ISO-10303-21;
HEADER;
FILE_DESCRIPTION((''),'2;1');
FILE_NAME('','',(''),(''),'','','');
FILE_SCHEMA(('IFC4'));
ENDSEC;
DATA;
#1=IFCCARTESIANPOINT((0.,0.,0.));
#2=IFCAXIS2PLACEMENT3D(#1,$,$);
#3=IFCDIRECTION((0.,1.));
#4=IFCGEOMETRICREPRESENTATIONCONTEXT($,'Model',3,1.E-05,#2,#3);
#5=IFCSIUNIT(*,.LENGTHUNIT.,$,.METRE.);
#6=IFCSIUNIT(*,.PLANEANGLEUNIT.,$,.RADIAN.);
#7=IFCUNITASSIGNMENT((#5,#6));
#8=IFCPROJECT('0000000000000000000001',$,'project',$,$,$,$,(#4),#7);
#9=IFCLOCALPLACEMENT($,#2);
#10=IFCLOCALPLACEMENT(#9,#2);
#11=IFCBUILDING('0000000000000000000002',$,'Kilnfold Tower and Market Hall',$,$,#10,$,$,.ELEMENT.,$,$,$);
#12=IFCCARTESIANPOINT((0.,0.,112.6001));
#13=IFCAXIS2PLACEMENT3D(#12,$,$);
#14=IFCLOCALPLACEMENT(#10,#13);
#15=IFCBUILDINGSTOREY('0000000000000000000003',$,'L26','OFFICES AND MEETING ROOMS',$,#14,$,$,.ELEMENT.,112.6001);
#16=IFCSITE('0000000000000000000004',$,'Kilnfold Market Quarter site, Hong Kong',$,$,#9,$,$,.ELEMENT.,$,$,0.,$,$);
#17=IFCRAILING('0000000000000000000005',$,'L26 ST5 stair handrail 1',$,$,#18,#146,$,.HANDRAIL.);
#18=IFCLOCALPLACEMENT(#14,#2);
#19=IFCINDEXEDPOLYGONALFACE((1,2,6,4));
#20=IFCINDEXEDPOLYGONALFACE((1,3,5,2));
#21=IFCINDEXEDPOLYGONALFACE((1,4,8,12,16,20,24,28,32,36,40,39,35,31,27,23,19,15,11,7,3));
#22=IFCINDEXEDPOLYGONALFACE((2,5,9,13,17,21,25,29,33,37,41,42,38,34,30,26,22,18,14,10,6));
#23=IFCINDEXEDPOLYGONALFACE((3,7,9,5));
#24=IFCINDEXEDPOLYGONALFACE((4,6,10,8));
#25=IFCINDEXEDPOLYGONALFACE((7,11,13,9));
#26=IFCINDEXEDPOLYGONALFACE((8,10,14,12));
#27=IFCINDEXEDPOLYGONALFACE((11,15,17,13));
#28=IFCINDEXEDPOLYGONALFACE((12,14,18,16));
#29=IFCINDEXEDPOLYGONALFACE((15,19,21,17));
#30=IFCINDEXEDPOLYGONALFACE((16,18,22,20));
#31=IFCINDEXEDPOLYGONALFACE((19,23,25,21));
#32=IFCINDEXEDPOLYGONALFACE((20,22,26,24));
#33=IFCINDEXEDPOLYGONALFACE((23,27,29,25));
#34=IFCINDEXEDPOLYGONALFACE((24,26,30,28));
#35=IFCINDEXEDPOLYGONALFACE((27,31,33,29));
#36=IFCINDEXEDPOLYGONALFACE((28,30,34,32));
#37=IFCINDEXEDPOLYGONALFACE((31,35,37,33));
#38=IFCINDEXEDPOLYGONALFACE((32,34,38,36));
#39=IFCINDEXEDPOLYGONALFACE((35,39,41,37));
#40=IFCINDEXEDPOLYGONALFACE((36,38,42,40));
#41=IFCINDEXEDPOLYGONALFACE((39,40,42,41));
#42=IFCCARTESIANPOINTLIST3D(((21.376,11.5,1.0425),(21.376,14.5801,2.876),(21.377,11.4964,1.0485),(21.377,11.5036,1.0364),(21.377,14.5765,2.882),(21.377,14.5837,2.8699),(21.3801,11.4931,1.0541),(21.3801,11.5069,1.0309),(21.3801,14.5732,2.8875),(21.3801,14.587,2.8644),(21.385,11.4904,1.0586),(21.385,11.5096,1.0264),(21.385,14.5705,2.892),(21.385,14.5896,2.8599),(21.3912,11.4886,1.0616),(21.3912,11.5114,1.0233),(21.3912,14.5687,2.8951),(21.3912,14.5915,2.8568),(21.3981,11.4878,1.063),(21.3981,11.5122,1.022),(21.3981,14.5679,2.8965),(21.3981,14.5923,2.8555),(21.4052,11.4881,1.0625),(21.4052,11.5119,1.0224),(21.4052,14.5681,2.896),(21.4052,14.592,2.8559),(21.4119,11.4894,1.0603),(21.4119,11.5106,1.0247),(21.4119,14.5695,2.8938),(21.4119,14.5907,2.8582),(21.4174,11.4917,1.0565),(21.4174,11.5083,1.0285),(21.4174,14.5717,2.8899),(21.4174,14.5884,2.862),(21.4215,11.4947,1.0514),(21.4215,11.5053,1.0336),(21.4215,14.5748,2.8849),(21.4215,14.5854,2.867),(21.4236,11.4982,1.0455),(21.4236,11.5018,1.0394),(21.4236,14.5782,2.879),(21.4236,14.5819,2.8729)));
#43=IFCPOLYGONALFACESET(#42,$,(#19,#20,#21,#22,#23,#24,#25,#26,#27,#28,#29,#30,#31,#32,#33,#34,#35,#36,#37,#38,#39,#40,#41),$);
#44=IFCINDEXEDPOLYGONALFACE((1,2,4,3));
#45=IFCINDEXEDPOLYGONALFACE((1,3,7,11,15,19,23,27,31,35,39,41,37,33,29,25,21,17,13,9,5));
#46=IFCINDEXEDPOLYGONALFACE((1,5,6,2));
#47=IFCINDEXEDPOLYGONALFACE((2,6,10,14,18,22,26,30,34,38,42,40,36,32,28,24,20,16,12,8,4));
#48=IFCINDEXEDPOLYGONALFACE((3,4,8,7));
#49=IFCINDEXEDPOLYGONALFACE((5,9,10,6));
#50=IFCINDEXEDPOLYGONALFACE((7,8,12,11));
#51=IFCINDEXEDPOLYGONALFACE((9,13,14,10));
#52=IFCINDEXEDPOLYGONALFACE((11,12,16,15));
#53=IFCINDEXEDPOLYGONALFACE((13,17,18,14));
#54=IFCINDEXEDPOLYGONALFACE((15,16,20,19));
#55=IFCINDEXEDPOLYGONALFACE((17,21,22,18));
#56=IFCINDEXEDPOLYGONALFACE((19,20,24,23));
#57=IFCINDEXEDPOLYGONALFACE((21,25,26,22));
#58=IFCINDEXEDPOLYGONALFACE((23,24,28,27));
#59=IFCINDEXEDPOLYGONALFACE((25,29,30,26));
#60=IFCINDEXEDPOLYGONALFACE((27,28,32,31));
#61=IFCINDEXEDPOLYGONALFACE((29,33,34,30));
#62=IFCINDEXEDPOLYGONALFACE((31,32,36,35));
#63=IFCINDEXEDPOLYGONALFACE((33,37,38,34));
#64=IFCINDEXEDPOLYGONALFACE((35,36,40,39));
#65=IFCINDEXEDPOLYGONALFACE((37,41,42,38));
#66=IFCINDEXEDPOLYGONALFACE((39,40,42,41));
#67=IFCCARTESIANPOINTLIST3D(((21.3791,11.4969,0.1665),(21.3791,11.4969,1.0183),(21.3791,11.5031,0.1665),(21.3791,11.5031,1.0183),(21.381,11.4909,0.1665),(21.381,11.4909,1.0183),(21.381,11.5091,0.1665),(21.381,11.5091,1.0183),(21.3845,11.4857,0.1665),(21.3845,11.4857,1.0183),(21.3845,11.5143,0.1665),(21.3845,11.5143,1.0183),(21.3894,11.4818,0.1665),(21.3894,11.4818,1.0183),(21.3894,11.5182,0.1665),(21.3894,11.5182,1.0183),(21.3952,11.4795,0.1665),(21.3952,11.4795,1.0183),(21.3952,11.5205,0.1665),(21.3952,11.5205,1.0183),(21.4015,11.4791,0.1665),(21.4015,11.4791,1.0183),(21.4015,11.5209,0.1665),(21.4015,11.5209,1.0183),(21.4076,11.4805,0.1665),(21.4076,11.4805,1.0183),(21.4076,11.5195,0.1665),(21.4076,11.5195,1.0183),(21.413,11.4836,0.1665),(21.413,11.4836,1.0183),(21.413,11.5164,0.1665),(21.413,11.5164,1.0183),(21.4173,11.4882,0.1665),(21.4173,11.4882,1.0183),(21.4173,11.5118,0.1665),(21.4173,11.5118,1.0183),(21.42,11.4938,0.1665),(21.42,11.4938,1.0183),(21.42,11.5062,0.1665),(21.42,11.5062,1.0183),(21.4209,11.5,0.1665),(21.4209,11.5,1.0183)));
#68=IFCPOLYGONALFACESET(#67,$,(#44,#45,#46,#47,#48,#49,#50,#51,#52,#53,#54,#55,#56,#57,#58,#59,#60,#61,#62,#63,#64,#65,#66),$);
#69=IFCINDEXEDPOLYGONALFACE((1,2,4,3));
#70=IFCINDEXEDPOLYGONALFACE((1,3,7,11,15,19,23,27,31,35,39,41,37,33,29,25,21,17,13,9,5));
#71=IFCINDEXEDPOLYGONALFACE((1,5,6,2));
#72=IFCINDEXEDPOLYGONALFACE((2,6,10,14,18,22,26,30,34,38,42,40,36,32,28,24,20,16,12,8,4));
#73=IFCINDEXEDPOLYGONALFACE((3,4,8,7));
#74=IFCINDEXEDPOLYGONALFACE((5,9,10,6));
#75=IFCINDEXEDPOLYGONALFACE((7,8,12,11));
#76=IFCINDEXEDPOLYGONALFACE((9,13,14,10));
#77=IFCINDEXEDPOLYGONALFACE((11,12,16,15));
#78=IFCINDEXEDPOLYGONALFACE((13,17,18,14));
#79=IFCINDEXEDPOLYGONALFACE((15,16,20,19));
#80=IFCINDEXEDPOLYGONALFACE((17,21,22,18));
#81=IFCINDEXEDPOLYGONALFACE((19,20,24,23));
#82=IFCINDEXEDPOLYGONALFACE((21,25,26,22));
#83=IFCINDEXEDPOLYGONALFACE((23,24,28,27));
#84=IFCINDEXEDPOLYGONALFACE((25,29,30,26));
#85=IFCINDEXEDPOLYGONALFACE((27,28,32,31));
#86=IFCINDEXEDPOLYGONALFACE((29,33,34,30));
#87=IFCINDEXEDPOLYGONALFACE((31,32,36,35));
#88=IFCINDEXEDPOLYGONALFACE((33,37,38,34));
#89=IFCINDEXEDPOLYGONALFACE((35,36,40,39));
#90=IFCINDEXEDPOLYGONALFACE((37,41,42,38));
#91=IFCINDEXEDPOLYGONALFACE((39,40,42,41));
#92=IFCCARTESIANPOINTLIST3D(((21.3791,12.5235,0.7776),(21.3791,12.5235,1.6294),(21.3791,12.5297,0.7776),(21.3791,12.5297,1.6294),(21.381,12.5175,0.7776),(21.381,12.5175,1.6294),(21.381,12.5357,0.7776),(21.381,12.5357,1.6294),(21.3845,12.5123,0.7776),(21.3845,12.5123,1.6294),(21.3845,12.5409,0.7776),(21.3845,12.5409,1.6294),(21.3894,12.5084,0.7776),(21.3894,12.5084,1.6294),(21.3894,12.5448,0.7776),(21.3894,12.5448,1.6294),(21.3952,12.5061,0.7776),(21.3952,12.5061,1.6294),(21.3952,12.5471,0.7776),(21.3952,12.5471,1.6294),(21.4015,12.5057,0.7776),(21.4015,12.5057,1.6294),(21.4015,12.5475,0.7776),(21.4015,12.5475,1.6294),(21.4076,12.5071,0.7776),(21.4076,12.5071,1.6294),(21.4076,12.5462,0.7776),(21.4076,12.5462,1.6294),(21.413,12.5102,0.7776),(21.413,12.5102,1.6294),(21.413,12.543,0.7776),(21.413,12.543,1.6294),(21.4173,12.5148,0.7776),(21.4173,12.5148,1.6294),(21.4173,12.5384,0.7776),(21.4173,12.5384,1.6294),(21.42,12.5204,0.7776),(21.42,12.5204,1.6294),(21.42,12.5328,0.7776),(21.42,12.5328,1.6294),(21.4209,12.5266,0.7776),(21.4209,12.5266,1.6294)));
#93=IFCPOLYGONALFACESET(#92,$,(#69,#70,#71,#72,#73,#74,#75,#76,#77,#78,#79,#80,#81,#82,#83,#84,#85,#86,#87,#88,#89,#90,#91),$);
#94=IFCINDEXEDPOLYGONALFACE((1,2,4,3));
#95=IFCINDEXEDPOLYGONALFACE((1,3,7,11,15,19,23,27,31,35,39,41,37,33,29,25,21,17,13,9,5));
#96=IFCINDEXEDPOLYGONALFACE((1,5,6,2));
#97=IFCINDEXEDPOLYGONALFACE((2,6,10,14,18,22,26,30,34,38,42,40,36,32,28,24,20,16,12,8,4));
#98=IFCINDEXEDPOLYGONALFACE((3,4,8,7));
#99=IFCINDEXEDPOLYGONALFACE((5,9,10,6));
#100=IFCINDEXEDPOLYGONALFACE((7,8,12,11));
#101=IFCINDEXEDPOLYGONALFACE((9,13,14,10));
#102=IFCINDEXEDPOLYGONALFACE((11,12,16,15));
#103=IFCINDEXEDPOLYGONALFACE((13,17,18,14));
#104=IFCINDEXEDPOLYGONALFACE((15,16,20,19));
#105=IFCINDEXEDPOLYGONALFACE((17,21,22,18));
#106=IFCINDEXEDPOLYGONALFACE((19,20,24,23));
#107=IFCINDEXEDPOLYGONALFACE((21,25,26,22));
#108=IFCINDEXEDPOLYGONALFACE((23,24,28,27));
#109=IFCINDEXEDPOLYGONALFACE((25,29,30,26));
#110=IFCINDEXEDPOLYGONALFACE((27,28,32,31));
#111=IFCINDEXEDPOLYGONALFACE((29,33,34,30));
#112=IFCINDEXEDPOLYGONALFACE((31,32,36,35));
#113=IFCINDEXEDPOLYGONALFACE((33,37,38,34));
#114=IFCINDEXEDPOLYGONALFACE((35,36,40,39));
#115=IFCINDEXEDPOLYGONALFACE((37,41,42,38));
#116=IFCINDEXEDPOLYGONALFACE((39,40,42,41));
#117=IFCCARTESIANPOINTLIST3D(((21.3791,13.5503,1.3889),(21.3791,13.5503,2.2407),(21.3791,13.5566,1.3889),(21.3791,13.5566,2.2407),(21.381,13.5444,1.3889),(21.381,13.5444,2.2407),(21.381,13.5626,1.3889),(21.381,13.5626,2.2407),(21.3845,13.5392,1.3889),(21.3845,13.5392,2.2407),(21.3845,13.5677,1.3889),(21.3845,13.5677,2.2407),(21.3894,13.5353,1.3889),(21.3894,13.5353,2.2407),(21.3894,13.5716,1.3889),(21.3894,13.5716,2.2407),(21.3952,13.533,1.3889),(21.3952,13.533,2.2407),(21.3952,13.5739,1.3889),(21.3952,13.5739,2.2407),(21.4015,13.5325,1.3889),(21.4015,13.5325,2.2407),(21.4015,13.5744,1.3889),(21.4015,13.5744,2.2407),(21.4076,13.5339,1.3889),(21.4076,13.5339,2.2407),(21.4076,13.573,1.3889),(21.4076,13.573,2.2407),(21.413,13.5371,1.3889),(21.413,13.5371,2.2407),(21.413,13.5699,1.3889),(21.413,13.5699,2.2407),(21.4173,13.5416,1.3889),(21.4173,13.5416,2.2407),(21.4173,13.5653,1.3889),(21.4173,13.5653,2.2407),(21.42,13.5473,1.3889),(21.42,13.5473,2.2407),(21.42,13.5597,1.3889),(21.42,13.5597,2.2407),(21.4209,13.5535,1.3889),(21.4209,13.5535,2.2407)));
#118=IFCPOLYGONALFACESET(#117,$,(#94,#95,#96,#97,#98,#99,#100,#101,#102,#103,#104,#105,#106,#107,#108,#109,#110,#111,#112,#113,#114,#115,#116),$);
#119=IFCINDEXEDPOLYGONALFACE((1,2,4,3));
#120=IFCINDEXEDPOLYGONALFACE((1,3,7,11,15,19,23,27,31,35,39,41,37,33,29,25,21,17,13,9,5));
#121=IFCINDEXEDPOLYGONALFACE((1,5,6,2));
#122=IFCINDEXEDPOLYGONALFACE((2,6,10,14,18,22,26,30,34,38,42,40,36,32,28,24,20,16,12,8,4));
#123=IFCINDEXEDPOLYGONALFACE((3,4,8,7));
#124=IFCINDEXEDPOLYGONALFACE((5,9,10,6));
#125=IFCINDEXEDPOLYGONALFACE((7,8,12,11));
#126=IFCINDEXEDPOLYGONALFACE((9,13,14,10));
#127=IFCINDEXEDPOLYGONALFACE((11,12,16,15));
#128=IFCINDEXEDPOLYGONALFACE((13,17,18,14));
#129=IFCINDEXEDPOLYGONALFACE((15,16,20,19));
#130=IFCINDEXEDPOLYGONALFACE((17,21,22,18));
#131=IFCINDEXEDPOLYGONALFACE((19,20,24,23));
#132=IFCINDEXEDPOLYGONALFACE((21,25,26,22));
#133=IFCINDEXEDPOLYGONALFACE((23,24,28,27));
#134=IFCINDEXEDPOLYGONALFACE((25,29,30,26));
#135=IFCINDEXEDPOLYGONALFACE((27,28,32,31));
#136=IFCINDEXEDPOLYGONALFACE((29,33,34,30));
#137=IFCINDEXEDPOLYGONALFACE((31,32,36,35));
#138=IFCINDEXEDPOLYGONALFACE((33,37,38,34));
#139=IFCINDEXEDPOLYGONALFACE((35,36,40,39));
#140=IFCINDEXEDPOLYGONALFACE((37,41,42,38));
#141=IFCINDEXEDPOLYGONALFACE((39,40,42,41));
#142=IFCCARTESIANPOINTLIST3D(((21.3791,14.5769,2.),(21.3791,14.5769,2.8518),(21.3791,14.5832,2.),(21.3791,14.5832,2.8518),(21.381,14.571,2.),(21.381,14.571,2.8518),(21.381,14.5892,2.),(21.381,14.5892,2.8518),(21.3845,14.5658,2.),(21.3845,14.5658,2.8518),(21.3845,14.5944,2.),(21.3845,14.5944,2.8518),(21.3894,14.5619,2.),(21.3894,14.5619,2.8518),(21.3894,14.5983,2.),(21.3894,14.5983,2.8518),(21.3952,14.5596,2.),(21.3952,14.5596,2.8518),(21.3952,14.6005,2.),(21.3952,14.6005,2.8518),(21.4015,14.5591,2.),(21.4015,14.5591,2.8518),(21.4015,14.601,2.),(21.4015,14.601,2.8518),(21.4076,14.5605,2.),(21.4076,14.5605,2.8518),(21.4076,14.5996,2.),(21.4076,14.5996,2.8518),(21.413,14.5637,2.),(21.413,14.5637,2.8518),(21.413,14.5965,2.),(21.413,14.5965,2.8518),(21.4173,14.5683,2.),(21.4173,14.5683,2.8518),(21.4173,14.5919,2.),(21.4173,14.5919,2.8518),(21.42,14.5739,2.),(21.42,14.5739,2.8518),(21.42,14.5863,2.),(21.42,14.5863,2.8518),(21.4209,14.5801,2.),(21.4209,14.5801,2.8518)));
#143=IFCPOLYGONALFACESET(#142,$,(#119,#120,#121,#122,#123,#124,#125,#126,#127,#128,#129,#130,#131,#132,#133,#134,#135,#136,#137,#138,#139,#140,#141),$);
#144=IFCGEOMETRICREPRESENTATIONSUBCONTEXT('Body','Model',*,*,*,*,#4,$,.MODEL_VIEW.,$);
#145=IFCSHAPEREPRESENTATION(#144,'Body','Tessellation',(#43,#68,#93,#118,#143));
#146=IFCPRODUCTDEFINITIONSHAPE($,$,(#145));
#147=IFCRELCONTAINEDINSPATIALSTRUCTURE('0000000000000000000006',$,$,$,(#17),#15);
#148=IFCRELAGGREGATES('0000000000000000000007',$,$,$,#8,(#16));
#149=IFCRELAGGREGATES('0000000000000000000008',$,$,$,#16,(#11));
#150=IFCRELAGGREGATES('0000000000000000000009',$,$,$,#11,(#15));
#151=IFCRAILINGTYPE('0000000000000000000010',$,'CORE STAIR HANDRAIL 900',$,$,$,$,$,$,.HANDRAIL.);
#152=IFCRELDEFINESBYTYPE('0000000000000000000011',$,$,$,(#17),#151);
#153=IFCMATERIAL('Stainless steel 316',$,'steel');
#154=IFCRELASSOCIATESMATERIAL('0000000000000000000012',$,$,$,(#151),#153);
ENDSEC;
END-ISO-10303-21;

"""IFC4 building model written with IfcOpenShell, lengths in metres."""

from ifc_helpers import new_model, si_unit, direction, frame, origin, origin_2d, place, context, subcontext, project, spatial, circle, extrude, material, type_object, element, save


model = new_model("IFC4")

# Units and contexts
model_context = context("Model", 3, precision=1e-05, world=origin(), true_north=direction((0.0, 1.0)))
body_context = subcontext(model_context, "Body", "Model", "MODEL_VIEW")
ifc_project = project(units=[si_unit("LENGTHUNIT", "METRE"), si_unit("PLANEANGLEUNIT", "RADIAN")], contexts=[model_context])

# Site, building, storey
site_placement = place(None, origin())
site = spatial("IfcSite", under=ifc_project, at=site_placement, Name="Kilnfold Market Quarter site, Hong Kong", CompositionType="ELEMENT", RefElevation=0.0)
building_placement = place(site_placement, origin())
building = spatial("IfcBuilding", under=site, at=building_placement, Name="Kilnfold Tower and Market Hall", CompositionType="ELEMENT")
storey_placement = place(building_placement, frame((0.0, 0.0, 112.6001)))
storey = spatial("IfcBuildingStorey", under=building, at=storey_placement, Name="L26", Description="OFFICES AND MEETING ROOMS", CompositionType="ELEMENT", Elevation=112.6001)

# Railing
ifc_material_1 = material(Name="Stainless steel 316", Category="steel")
railing_type_1 = type_object("IfcRailingType", Name="CORE STAIR HANDRAIL 900", PredefinedType="HANDRAIL", material=ifc_material_1)
railing_1_placement = place(storey_placement, frame((21.3999, 11.5, 0.1665)))
element("IfcRailing", 1, at=railing_1_placement, inside=storey, type_object=railing_type_1, Name="L26 ST5 stair handrail 1", PredefinedType="HANDRAIL", context=body_context, shape_type="SweptSolid", body=[
    extrude(circle(Radius=0.0239, at=origin_2d()), frame((0.0, 0.0, 0.876), z_axis=(0.0, 0.859279, 0.511508), x_axis=(-1.0, 0.0, 0.0)), (0.0, 0.0, 1.0), 3.5845),
    extrude(circle(Radius=0.021, at=origin_2d()), origin(), (0.0, 0.0, 1.0), 0.8518),
    extrude(circle(Radius=0.021, at=origin_2d()), frame((0.0, 1.0266, 0.6111)), (0.0, 0.0, 1.0), 0.8518),
    extrude(circle(Radius=0.021, at=origin_2d()), frame((0.0, 2.0535, 1.2224)), (0.0, 0.0, 1.0), 0.8518),
    extrude(circle(Radius=0.021, at=origin_2d()), frame((0.0, 3.0801, 1.8335)), (0.0, 0.0, 1.0), 0.8518),
])

save(model, "model.ifc")
